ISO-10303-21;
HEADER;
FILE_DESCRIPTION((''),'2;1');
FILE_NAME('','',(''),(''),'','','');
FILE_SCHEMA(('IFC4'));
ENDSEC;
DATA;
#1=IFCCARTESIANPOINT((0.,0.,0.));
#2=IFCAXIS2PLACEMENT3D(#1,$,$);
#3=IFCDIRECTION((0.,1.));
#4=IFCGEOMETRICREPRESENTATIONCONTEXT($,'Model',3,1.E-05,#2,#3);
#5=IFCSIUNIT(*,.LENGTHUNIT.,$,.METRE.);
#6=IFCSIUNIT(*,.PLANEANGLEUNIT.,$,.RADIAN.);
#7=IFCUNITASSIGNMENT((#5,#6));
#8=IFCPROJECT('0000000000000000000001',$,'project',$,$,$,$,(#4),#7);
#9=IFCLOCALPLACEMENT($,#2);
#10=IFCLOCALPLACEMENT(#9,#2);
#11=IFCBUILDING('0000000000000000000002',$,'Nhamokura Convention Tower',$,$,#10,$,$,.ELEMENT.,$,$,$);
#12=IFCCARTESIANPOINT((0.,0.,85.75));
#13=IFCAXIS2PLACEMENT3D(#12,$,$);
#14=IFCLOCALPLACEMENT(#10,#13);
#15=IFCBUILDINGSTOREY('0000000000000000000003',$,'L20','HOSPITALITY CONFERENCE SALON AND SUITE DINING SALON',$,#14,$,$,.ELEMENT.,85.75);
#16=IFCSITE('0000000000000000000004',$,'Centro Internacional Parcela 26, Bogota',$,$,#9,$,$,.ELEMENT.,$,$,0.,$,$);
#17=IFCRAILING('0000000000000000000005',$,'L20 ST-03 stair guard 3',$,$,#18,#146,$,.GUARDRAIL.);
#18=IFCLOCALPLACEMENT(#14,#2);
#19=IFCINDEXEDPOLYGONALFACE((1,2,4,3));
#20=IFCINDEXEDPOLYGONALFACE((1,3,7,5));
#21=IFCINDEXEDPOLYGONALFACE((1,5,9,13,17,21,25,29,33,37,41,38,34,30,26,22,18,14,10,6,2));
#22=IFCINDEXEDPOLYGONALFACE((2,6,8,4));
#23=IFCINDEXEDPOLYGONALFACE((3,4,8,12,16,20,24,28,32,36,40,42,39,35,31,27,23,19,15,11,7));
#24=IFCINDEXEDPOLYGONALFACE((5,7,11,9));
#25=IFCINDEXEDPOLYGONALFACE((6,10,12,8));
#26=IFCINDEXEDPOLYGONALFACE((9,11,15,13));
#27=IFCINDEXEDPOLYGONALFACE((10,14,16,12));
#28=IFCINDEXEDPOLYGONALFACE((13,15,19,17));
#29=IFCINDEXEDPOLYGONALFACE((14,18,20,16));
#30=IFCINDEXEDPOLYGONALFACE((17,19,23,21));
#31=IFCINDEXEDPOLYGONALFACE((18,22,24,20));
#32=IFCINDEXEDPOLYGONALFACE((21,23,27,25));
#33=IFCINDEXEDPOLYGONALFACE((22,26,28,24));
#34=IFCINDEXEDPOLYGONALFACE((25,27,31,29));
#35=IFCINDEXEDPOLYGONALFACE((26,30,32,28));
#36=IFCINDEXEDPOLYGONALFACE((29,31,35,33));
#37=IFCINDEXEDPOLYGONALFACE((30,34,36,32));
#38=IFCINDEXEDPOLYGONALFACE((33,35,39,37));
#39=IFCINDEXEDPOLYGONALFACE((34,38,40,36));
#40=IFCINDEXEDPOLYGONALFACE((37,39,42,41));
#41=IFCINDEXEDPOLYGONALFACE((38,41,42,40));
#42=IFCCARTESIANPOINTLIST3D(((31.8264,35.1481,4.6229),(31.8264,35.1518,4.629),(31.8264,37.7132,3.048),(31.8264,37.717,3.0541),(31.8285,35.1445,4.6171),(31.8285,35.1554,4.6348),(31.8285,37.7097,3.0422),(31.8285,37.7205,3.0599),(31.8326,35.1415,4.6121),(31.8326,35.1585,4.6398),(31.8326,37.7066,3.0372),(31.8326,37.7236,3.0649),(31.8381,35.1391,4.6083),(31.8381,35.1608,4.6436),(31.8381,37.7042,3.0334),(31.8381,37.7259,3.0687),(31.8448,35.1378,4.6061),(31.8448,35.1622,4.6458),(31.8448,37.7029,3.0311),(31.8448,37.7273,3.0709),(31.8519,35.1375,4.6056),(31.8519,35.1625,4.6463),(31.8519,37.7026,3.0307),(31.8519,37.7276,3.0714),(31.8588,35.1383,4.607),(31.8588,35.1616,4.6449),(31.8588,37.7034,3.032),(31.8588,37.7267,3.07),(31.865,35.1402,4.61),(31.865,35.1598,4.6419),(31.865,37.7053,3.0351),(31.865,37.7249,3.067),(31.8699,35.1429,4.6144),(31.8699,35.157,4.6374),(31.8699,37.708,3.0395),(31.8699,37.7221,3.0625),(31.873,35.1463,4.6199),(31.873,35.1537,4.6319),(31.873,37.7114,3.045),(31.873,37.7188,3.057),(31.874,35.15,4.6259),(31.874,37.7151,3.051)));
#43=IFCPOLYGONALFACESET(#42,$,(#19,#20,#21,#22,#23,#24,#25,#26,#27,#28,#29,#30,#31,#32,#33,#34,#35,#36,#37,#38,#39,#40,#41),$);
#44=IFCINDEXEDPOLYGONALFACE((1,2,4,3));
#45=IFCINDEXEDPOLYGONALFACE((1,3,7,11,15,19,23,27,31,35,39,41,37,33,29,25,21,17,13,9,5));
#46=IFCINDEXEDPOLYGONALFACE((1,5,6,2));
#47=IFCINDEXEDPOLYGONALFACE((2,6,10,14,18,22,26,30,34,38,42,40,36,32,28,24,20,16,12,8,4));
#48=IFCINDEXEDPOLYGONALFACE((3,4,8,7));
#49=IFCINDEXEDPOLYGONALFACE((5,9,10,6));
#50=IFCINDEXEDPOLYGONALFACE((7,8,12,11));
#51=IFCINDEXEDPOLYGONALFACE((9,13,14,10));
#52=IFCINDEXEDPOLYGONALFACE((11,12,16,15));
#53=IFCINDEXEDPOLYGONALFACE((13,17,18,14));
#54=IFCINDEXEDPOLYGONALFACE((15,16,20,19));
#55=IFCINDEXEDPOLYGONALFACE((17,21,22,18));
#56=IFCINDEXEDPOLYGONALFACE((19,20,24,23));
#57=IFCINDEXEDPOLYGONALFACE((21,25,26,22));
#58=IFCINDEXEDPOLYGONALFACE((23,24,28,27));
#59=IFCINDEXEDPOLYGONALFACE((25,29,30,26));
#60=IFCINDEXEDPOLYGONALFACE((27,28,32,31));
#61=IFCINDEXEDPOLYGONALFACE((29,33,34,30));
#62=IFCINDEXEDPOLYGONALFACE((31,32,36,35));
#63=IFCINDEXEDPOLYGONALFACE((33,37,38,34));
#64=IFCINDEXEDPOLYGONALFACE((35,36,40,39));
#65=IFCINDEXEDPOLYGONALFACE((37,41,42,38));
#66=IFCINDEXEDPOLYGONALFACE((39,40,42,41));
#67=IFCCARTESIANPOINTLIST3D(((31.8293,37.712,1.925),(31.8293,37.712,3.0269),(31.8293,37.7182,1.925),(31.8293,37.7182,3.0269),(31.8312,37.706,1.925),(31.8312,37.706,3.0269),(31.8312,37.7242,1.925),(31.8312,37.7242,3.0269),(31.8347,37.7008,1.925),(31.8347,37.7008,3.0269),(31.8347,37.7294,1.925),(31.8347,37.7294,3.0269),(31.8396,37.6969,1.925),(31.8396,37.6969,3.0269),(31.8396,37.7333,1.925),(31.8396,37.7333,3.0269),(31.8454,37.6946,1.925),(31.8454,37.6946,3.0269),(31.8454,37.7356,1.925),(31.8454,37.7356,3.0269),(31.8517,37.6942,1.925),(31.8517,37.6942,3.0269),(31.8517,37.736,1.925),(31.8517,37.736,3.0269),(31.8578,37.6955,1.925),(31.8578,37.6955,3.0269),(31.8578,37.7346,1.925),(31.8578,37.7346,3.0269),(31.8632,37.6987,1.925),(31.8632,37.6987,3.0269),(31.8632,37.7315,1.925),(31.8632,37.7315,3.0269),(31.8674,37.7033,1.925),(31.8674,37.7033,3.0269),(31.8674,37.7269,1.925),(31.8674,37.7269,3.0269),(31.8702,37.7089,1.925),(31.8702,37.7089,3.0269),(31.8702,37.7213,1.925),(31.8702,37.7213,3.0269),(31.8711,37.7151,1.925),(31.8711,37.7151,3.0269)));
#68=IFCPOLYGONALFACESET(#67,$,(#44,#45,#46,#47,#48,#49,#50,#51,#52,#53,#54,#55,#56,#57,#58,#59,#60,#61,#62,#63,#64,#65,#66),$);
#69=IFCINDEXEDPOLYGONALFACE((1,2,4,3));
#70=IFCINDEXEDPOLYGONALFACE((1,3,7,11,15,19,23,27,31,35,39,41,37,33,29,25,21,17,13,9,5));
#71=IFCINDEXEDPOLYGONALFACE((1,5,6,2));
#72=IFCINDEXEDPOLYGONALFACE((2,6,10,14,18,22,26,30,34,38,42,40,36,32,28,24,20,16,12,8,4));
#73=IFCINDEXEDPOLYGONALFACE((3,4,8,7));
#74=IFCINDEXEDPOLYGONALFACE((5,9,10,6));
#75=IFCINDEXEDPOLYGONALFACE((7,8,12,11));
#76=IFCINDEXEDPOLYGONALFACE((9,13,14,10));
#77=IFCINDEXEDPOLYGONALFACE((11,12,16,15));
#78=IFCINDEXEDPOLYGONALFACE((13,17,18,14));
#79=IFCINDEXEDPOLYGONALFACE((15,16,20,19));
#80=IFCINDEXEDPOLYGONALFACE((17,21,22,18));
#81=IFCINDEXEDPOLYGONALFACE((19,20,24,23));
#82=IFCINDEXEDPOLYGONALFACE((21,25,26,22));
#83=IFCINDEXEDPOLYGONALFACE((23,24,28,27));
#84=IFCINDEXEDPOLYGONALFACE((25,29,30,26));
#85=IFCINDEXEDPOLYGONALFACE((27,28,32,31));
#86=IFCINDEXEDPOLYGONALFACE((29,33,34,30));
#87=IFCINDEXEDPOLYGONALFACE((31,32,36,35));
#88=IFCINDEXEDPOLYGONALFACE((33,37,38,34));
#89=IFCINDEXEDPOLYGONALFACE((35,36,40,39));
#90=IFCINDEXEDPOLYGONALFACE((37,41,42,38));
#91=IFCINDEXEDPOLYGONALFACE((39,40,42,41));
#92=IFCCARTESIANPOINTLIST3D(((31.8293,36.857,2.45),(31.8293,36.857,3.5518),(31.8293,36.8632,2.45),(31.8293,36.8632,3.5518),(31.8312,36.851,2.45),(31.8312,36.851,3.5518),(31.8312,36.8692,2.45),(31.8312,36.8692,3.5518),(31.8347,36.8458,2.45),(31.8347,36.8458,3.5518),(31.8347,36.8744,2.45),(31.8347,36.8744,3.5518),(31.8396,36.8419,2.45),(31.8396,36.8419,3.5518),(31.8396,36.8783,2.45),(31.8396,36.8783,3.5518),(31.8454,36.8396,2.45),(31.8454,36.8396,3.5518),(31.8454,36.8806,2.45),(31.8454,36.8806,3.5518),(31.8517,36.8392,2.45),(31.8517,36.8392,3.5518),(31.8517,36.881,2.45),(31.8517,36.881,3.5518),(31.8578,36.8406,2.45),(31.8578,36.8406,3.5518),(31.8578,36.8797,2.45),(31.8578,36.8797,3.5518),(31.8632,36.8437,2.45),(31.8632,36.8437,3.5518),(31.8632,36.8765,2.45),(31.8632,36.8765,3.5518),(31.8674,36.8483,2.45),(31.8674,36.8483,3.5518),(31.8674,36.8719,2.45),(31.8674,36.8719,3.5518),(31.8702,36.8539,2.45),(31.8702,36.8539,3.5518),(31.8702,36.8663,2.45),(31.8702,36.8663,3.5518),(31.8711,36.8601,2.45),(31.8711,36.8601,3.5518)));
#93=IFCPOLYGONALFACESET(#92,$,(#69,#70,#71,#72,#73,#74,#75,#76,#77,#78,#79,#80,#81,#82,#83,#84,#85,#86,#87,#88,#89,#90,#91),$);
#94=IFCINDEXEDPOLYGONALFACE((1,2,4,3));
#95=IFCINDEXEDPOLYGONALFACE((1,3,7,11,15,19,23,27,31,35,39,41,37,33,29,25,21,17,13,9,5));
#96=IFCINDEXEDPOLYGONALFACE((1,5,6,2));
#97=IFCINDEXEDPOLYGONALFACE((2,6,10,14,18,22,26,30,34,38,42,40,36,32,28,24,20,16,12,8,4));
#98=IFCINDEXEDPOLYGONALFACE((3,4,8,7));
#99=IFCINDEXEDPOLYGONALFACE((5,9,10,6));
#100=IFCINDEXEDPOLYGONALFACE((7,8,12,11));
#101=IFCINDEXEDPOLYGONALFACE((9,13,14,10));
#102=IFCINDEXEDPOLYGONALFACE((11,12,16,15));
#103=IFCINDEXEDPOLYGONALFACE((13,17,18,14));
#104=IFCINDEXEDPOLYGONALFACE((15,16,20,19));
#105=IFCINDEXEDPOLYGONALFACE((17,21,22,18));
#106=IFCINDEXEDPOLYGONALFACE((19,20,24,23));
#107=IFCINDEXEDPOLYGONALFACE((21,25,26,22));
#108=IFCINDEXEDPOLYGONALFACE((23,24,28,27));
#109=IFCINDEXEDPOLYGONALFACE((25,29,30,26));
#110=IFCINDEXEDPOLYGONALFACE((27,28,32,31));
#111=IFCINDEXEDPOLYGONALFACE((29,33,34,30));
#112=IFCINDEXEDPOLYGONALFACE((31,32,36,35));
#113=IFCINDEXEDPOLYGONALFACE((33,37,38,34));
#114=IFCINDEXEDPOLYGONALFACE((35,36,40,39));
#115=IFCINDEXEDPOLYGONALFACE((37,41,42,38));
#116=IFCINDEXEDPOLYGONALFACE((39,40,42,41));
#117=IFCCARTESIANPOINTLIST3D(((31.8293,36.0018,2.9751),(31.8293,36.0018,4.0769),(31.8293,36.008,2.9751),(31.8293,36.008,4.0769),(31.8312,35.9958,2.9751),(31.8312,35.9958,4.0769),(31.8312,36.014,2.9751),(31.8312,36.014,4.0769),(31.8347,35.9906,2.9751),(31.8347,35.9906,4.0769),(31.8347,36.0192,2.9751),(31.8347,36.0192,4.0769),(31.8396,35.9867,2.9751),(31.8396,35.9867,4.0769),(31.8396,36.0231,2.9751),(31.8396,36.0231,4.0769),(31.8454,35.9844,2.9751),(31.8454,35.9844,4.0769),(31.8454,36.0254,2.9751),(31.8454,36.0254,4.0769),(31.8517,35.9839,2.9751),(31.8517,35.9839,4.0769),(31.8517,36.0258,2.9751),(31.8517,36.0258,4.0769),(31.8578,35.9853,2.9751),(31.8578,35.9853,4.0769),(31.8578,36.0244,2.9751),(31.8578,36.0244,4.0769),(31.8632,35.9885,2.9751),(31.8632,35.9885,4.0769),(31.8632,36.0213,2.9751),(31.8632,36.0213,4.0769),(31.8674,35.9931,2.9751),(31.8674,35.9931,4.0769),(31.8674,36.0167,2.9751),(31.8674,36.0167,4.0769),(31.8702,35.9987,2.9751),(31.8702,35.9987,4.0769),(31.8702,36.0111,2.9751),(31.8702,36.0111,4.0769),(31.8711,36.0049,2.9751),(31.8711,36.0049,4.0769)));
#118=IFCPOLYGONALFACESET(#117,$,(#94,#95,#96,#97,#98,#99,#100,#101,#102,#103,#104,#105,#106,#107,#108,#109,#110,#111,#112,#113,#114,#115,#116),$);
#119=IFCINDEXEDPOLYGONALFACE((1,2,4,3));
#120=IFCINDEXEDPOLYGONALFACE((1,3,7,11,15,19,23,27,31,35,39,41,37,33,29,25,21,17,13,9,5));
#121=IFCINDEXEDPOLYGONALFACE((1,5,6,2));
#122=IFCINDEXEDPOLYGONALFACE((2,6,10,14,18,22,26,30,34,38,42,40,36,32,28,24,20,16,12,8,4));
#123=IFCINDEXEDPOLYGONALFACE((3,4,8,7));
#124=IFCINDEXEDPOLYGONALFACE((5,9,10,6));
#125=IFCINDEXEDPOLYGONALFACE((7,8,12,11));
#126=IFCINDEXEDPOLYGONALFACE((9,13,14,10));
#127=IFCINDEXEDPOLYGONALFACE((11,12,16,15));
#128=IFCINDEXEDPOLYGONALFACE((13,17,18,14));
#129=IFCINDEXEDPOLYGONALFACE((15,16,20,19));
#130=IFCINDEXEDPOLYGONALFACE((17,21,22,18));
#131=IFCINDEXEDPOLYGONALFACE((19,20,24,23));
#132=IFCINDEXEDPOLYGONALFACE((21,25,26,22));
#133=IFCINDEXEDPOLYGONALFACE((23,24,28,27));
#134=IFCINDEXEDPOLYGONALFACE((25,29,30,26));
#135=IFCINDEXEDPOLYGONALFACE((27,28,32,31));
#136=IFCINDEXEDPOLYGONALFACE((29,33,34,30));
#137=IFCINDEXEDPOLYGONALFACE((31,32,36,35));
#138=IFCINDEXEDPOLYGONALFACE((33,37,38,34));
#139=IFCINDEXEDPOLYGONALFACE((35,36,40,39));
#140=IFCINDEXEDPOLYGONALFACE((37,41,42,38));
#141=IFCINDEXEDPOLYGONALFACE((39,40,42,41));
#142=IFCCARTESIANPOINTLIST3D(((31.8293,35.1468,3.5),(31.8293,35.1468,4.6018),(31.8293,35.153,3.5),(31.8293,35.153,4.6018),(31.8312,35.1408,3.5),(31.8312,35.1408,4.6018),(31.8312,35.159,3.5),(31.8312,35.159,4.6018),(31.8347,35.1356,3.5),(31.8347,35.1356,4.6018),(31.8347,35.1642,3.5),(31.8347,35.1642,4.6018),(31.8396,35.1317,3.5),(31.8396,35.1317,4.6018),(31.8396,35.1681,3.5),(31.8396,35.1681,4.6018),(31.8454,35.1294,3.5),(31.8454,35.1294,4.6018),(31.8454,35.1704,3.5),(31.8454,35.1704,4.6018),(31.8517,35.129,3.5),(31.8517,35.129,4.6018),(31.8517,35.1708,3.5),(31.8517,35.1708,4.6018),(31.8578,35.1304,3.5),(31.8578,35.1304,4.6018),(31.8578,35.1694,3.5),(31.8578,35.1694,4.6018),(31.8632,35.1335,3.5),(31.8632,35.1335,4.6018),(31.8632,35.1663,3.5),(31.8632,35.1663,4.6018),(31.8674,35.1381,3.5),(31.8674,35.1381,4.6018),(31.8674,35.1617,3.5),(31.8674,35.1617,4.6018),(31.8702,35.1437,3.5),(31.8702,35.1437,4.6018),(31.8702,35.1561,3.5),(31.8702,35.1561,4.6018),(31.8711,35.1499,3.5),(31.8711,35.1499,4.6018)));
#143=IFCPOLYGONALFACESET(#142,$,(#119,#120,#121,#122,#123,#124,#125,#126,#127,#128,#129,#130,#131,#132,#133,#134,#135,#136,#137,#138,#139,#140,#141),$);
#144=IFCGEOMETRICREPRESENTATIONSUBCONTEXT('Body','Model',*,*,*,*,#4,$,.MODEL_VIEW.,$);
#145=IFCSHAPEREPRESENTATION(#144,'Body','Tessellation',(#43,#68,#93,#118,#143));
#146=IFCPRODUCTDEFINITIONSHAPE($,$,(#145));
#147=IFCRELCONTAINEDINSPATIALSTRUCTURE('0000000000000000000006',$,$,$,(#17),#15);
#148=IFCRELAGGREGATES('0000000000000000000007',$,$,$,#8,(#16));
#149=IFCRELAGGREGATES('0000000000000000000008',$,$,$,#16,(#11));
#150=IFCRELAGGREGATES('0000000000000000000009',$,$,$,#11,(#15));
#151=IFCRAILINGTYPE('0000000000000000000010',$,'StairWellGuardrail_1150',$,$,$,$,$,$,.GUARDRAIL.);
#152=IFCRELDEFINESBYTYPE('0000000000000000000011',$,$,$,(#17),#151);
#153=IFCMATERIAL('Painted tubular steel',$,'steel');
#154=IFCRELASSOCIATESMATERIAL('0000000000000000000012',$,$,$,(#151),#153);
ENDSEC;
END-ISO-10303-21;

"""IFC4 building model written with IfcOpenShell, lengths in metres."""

from ifc_helpers import new_model, si_unit, direction, frame, origin, origin_2d, place, context, subcontext, project, spatial, circle, extrude, material, type_object, element, save


model = new_model("IFC4")

# Units and contexts
model_context = context("Model", 3, precision=1e-05, world=origin(), true_north=direction((0.0, 1.0)))
body_context = subcontext(model_context, "Body", "Model", "MODEL_VIEW")
ifc_project = project(units=[si_unit("LENGTHUNIT", "METRE"), si_unit("PLANEANGLEUNIT", "RADIAN")], contexts=[model_context])

# Site, building, storey
site_placement = place(None, origin())
site = spatial("IfcSite", under=ifc_project, at=site_placement, Name="Centro Internacional Parcela 26, Bogota", CompositionType="ELEMENT", RefElevation=0.0)
building_placement = place(site_placement, origin())
building = spatial("IfcBuilding", under=site, at=building_placement, Name="Nhamokura Convention Tower", CompositionType="ELEMENT")
storey_placement = place(building_placement, frame((0.0, 0.0, 85.75)))
storey = spatial("IfcBuildingStorey", under=building, at=storey_placement, Name="L20", Description="HOSPITALITY CONFERENCE SALON AND SUITE DINING SALON", CompositionType="ELEMENT", Elevation=85.75)

# Railing
ifc_material_1 = material(Name="Painted tubular steel", Category="steel")
railing_type = type_object("IfcRailingType", Name="StairWellGuardrail_1150", PredefinedType="GUARDRAIL", material=ifc_material_1)
railing_1_placement = place(storey_placement, frame((31.8501, 37.7151, 1.925)))
element("IfcRailing", 1, at=railing_1_placement, inside=storey, type_object=railing_type, Name="L20 ST-03 stair guard 3", PredefinedType="GUARDRAIL", context=body_context, shape_type="SweptSolid", body=[
    extrude(circle(Radius=0.0239, at=origin_2d()), frame((0.0, 0.0, 1.126), z_axis=(0.0, -0.852195, 0.523224), x_axis=(1.0, 0.0, 0.0)), (0.0, 0.0, 1.0), 3.01),
    extrude(circle(Radius=0.021, at=origin_2d()), origin(), (0.0, 0.0, 1.0), 1.1018),
    extrude(circle(Radius=0.021, at=origin_2d()), frame((0.0, -0.855, 0.5249)), (0.0, 0.0, 1.0), 1.1018),
    extrude(circle(Radius=0.021, at=origin_2d()), frame((0.0, -1.7102, 1.05)), (0.0, 0.0, 1.0), 1.1018),
    extrude(circle(Radius=0.021, at=origin_2d()), frame((0.0, -2.5652, 1.575)), (0.0, 0.0, 1.0), 1.1018),
])

save(model, "model.ifc")
